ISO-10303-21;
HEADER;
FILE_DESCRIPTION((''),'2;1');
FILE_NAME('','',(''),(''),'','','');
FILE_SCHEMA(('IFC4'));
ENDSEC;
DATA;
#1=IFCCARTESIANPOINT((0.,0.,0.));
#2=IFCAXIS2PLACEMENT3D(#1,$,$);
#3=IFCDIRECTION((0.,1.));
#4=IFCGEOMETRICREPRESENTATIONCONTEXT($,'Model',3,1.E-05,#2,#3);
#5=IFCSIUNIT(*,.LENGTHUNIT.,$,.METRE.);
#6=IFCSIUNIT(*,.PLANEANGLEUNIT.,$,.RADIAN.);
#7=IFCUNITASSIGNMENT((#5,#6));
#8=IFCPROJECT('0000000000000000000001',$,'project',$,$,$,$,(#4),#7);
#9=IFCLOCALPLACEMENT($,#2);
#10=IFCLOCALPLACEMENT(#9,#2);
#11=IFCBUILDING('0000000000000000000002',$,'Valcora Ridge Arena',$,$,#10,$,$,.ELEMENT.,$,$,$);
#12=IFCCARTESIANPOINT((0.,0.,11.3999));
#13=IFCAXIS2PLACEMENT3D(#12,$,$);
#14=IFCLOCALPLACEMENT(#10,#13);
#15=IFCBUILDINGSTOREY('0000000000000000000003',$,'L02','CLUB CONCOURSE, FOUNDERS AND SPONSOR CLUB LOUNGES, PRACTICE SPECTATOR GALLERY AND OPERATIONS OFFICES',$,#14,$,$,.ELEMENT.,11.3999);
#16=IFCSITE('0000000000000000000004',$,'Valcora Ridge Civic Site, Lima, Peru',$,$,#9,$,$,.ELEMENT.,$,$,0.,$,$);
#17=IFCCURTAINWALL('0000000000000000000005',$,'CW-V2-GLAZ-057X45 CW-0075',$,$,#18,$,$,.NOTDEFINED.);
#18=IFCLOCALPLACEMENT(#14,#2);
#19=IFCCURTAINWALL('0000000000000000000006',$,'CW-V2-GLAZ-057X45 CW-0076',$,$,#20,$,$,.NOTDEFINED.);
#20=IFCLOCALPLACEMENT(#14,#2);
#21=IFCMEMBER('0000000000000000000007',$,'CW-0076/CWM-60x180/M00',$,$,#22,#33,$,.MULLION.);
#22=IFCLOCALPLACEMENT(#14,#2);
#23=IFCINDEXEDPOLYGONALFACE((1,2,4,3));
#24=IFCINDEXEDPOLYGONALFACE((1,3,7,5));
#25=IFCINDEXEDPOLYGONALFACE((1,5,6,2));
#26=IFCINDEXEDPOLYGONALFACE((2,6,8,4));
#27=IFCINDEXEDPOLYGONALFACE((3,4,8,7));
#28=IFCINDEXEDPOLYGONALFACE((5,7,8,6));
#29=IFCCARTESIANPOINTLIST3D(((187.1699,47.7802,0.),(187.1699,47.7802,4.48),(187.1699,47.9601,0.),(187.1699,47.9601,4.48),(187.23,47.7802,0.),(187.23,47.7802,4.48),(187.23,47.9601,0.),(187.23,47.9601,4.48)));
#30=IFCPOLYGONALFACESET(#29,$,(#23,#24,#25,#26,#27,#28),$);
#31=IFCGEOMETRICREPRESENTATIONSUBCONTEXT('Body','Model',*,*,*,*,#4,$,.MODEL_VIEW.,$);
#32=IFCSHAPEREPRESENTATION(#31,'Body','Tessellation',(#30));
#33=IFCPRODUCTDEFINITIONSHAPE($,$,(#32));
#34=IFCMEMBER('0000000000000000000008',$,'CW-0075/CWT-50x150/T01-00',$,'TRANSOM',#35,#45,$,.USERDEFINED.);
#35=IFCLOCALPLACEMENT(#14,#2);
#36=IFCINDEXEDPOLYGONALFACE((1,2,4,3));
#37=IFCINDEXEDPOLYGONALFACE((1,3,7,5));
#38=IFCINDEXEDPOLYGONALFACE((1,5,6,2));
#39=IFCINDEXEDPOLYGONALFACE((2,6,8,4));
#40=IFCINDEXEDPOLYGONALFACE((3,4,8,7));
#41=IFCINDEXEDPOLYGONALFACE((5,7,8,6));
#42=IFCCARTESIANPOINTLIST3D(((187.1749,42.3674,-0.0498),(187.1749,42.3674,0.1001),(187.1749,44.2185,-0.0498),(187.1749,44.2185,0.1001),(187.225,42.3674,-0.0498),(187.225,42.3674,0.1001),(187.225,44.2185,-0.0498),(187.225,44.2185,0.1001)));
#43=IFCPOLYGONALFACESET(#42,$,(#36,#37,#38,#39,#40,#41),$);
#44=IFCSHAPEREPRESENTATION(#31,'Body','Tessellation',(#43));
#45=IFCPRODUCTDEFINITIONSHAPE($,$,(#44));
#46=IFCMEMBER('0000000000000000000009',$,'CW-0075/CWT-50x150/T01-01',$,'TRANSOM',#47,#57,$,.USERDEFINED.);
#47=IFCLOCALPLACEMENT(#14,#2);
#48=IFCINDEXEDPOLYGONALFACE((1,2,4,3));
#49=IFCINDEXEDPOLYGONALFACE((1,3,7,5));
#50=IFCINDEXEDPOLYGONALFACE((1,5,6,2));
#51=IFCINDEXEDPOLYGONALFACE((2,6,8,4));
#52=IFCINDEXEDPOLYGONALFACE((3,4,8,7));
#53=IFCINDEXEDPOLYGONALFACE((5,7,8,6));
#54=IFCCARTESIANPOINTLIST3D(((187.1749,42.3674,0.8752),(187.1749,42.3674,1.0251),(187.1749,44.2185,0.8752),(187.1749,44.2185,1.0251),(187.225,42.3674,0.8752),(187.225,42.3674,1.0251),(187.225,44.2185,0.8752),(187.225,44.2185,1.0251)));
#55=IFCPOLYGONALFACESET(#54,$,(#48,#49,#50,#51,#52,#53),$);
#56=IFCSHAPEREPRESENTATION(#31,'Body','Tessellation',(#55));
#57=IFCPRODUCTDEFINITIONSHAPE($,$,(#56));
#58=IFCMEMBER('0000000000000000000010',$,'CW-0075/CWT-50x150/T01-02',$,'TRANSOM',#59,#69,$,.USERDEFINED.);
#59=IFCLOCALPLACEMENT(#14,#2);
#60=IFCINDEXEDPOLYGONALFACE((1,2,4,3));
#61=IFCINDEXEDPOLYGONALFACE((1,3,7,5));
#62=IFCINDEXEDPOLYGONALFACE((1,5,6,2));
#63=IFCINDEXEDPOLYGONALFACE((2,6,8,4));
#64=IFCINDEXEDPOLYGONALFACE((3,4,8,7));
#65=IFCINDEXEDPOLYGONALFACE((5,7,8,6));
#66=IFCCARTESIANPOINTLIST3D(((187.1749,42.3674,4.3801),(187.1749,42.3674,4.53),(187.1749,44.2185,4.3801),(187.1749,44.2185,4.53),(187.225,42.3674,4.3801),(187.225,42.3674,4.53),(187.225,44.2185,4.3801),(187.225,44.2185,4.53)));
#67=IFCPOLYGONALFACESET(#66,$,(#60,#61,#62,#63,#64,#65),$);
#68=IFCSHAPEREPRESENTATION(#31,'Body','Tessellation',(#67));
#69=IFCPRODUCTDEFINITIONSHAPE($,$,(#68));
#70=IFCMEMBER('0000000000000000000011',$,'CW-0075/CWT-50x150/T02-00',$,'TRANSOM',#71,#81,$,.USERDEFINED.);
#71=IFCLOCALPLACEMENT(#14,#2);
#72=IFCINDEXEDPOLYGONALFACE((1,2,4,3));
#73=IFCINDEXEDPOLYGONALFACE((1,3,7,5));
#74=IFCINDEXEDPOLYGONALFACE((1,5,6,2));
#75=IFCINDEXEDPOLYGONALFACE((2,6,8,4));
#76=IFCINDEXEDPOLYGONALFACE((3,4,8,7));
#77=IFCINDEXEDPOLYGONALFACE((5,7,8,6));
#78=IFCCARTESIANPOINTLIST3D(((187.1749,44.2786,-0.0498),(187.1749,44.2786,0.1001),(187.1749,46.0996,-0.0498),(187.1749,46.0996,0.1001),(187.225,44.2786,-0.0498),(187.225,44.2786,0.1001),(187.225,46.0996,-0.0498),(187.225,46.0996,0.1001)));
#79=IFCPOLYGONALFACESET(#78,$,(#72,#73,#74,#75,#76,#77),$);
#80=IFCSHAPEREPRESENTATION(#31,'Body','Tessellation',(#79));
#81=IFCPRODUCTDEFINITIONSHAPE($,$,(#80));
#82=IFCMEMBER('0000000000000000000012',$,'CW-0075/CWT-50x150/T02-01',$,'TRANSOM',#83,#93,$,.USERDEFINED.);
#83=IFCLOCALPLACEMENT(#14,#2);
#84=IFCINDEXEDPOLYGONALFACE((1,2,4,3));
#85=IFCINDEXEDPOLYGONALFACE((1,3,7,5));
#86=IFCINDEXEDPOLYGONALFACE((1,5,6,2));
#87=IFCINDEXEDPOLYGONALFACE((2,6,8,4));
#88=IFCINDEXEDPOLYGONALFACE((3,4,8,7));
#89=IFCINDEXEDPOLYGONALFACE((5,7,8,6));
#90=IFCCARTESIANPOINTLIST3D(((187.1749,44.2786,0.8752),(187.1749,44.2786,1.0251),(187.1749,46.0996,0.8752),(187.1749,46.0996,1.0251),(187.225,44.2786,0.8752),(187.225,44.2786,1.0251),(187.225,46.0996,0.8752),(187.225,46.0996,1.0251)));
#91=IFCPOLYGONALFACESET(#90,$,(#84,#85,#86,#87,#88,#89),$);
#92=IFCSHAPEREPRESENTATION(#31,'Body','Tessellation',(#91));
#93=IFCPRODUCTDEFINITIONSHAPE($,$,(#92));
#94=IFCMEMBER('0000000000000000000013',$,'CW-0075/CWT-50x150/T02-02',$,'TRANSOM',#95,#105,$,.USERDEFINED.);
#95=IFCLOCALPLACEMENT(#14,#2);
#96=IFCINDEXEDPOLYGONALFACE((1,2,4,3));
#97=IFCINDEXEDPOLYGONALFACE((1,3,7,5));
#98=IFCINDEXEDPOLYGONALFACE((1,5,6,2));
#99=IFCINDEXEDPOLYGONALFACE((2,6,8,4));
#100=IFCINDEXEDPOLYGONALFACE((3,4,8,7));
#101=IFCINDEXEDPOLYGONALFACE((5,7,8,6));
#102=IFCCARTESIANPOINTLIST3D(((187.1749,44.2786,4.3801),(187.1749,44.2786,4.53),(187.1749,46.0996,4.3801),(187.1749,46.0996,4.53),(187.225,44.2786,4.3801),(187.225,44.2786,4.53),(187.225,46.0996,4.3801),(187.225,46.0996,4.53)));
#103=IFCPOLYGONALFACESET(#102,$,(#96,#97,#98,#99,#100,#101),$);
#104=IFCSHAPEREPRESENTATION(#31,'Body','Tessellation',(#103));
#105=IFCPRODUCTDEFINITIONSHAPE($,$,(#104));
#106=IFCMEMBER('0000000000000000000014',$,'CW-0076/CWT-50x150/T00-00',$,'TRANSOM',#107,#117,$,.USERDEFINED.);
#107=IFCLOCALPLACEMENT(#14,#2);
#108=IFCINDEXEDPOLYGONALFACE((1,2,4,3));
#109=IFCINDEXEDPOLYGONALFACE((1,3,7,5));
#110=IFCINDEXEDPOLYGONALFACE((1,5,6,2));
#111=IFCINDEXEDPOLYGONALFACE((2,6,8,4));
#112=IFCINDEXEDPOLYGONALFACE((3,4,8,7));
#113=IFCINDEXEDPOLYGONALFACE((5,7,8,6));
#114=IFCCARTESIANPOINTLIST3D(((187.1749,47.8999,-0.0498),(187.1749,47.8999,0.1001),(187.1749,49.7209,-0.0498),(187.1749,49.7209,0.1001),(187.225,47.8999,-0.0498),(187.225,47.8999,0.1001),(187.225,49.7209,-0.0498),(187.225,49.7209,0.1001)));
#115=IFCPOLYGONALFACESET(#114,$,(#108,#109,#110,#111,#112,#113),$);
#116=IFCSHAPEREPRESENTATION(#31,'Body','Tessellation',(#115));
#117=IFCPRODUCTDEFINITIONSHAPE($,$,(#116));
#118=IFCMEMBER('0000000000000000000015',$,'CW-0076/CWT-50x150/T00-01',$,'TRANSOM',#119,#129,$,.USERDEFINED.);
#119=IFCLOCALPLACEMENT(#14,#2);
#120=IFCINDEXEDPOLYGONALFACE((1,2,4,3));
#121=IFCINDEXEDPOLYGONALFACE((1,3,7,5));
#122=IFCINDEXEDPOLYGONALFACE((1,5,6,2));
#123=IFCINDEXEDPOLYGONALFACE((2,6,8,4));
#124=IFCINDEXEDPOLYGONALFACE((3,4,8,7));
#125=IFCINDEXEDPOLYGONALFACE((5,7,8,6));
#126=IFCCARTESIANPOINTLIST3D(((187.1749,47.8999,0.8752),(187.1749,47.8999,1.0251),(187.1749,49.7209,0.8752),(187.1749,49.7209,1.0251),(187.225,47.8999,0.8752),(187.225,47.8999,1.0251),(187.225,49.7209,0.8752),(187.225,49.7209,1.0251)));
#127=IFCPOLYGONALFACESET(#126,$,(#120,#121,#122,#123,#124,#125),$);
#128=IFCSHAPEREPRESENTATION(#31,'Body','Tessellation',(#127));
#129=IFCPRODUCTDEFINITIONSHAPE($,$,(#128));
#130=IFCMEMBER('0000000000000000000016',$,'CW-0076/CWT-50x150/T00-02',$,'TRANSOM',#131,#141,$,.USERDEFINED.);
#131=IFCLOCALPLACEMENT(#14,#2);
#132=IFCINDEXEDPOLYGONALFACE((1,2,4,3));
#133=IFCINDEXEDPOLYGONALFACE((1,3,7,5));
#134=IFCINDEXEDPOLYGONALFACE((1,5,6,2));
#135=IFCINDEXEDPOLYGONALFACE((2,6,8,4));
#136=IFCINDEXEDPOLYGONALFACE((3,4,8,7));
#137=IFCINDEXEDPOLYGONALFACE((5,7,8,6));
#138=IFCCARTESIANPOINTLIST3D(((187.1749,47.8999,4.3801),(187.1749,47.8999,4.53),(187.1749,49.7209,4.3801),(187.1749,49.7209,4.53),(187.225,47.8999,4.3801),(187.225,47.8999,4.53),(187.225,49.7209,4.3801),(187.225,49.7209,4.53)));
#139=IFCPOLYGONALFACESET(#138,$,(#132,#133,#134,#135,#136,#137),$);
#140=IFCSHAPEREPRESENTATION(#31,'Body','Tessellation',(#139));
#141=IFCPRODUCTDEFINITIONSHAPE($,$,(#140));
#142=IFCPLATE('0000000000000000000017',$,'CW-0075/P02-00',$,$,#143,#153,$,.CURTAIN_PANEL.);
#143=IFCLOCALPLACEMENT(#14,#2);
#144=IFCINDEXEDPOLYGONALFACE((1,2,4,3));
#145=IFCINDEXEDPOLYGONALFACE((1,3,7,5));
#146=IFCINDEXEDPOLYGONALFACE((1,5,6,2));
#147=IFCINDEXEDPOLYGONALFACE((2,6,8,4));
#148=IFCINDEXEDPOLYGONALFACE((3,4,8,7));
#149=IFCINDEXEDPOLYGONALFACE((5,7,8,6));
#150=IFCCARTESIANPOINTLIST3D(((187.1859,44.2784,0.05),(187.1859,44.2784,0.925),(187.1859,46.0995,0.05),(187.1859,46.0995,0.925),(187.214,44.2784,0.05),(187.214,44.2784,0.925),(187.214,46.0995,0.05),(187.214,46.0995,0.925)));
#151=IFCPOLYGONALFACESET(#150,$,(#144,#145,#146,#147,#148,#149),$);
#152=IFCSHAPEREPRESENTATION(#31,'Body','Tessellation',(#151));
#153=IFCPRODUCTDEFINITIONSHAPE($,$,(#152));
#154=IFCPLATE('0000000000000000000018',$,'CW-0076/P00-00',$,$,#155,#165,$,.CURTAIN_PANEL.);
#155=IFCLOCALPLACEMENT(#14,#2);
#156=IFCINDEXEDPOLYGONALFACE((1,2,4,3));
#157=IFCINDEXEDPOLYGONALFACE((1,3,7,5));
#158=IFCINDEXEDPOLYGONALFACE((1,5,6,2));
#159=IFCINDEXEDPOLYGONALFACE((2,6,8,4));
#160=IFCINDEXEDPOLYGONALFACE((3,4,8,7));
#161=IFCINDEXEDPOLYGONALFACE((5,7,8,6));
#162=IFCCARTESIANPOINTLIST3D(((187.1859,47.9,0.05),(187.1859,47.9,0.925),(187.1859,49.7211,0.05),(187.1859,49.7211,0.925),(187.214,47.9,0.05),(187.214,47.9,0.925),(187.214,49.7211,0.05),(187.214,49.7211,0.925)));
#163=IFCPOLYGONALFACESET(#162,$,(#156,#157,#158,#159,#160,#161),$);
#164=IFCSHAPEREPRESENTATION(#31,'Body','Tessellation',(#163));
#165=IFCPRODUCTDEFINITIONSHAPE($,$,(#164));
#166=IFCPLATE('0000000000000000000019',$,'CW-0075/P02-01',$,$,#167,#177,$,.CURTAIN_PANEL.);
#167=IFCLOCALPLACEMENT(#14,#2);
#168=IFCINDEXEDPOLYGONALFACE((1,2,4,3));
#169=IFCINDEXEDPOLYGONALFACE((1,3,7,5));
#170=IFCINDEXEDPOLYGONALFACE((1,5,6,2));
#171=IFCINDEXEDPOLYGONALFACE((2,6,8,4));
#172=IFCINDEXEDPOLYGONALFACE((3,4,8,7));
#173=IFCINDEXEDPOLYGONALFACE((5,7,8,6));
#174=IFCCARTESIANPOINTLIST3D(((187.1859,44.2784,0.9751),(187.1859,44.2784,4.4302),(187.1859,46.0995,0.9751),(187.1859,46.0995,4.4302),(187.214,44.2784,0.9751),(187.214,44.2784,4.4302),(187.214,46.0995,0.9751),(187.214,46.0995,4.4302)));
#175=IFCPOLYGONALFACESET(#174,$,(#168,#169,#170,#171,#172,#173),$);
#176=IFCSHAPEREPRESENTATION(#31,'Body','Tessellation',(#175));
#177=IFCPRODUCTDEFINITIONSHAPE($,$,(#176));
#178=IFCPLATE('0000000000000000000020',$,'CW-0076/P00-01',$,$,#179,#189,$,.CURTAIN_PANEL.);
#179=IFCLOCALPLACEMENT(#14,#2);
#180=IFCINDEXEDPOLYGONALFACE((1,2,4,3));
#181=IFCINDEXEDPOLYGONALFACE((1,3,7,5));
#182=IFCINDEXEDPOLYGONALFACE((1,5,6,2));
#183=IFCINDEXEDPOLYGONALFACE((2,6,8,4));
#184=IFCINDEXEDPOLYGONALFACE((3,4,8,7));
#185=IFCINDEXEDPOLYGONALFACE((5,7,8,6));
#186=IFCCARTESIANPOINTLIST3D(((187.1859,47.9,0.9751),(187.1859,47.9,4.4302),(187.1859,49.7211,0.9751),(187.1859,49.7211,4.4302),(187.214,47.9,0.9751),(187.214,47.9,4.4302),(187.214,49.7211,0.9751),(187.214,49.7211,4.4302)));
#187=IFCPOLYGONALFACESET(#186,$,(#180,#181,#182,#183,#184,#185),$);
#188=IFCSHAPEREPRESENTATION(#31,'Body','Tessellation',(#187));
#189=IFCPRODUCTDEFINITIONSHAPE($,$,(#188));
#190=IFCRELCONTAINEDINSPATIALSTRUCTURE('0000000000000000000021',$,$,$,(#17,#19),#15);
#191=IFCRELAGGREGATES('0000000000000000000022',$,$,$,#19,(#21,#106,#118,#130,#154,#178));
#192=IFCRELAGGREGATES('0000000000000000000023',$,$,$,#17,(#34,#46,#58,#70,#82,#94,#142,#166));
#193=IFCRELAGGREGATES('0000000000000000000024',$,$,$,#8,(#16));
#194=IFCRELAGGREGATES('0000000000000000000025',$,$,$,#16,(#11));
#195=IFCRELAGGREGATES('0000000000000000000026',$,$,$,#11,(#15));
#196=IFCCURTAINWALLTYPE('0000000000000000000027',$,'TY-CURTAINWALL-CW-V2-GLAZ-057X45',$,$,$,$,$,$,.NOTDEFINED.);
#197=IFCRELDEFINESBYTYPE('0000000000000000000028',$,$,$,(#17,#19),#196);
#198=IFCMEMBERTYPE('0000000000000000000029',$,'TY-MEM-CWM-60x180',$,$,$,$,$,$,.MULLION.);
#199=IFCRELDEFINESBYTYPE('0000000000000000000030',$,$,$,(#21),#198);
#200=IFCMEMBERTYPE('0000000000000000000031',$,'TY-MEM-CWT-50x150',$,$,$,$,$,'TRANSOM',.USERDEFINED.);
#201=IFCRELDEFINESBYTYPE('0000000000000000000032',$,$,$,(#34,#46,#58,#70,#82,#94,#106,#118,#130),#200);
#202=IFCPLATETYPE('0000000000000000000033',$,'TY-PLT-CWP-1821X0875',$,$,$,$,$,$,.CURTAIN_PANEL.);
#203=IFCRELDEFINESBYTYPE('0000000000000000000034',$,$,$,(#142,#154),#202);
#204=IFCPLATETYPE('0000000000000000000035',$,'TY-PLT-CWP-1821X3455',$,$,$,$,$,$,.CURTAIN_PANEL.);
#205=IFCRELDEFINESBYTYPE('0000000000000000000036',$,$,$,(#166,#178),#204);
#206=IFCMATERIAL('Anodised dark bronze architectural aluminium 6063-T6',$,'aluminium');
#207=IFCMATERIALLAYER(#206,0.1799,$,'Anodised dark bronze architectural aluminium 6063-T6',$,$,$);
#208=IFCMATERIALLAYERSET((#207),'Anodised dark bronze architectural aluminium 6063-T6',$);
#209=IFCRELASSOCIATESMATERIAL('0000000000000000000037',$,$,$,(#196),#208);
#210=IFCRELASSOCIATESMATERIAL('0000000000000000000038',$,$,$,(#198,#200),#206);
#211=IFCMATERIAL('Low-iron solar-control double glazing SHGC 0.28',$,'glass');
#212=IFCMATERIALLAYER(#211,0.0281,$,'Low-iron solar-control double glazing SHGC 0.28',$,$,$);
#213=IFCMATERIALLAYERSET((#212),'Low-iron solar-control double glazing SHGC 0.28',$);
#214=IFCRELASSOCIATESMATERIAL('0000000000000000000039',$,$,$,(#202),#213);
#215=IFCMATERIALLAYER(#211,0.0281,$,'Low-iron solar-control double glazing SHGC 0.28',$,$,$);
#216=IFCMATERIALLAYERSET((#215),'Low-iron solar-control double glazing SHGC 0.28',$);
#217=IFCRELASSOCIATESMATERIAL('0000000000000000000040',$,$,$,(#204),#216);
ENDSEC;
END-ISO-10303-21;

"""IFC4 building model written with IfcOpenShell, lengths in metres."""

from ifc_helpers import new_model, si_unit, direction, frame, origin, origin_2d, place, context, subcontext, project, spatial, rectangle, extrude, material, layer, layer_set, material_profile, profile_set, type_object, element, aggregate, save


model = new_model("IFC4")

# Units and contexts
model_context = context("Model", 3, precision=1e-05, world=origin(), true_north=direction((0.0, 1.0)))
body_context = subcontext(model_context, "Body", "Model", "MODEL_VIEW")
ifc_project = project(units=[si_unit("LENGTHUNIT", "METRE"), si_unit("PLANEANGLEUNIT", "RADIAN")], contexts=[model_context])

# Site, building, storey
site_placement = place(None, origin())
site = spatial("IfcSite", under=ifc_project, at=site_placement, Name="Valcora Ridge Civic Site, Lima, Peru", CompositionType="ELEMENT", RefElevation=0.0)
building_placement = place(site_placement, origin())
building = spatial("IfcBuilding", under=site, at=building_placement, Name="Valcora Ridge Arena", CompositionType="ELEMENT")
storey_placement = place(building_placement, frame((0.0, 0.0, 11.3999)))
storey = spatial("IfcBuildingStorey", under=building, at=storey_placement, Name="L02", Description="CLUB CONCOURSE, FOUNDERS AND SPONSOR CLUB LOUNGES, PRACTICE SPECTATOR GALLERY AND OPERATIONS OFFICES", CompositionType="ELEMENT", Elevation=11.3999)

# Curtain wall
ifc_material_1 = material(Name="Anodised dark bronze architectural aluminium 6063-T6", Category="aluminium")
ifc_layer_1 = layer(ifc_material_1, 0.1799, Name="Anodised dark bronze architectural aluminium 6063-T6")
ifc_layer_set_1 = layer_set([ifc_layer_1], Name="Anodised dark bronze architectural aluminium 6063-T6")
curtain_wall_type = type_object("IfcCurtainWallType", Name="TY-CURTAINWALL-CW-V2-GLAZ-057X45", PredefinedType="NOTDEFINED", material=ifc_layer_set_1)
curtain_wall_1_placement = place(storey_placement, origin())
curtain_wall_1 = element("IfcCurtainWall", 1, at=curtain_wall_1_placement, inside=storey, type_object=curtain_wall_type, Name="CW-V2-GLAZ-057X45 CW-0075", PredefinedType="NOTDEFINED")
ifc_material_profile_1 = material_profile(ifc_material_1, rectangle(XDim=0.0601, YDim=0.1799, at=origin_2d()), Name="ALU MULLION 60x180")
ifc_profile_set_1 = profile_set([ifc_material_profile_1], Name="Anodised dark bronze architectural aluminium 6063-T6")
member_type_1 = type_object("IfcMemberType", Name="TY-MEM-CWM-60x180", PredefinedType="MULLION", material=ifc_profile_set_1)

# Curtain wall, member
curtain_wall_2_placement = place(storey_placement, origin())
curtain_wall_2 = element("IfcCurtainWall", 2, at=curtain_wall_2_placement, inside=storey, type_object=curtain_wall_type, Name="CW-V2-GLAZ-057X45 CW-0076", PredefinedType="NOTDEFINED")
member_1_placement = place(storey_placement, frame((187.2, 47.8701, 0.0), z_axis=(0.0, 0.0, 1.0), x_axis=(-1.0, 0.0, 0.0)))
member_1 = element("IfcMember", 3, at=member_1_placement, type_object=member_type_1, Name="CW-0076/CWM-60x180/M00", PredefinedType="MULLION", context=body_context, shape_type="SweptSolid", body=[
    extrude(rectangle(XDim=0.0601, YDim=0.1799, at=origin_2d()), origin(), (0.0, 0.0, 1.0), 4.48),
])

# Members
ifc_material_profile_2 = material_profile(ifc_material_1, rectangle(XDim=0.05, YDim=0.1499, at=origin_2d()), Name="ALU TRANSOM 50x150")
ifc_profile_set_2 = profile_set([ifc_material_profile_2], Name="Anodised dark bronze architectural aluminium 6063-T6")
member_type_2 = type_object("IfcMemberType", Name="TY-MEM-CWT-50x150", ElementType="TRANSOM", PredefinedType="USERDEFINED", material=ifc_profile_set_2)
member_2_placement = place(storey_placement, frame((187.2, 42.3674, 0.0251), z_axis=(0.0, 1.0, 0.0), x_axis=(-1.0, 0.0, 0.0)))
member_2 = element("IfcMember", 4, at=member_2_placement, type_object=member_type_2, Name="CW-0075/CWT-50x150/T01-00", ObjectType="TRANSOM", PredefinedType="USERDEFINED", context=body_context, shape_type="SweptSolid", body=[
    extrude(rectangle(XDim=0.05, YDim=0.1499, at=origin_2d()), origin(), (0.0, 0.0, 1.0), 1.8511),
])
member_3_placement = place(storey_placement, frame((187.2, 42.3674, 0.9502), z_axis=(0.0, 1.0, 0.0), x_axis=(-1.0, 0.0, 0.0)))
member_3 = element("IfcMember", 5, at=member_3_placement, type_object=member_type_2, Name="CW-0075/CWT-50x150/T01-01", ObjectType="TRANSOM", PredefinedType="USERDEFINED", context=body_context, shape_type="SweptSolid", body=[
    extrude(rectangle(XDim=0.05, YDim=0.1499, at=origin_2d()), origin(), (0.0, 0.0, 1.0), 1.8511),
])
member_4_placement = place(storey_placement, frame((187.2, 42.3674, 4.4551), z_axis=(0.0, 1.0, 0.0), x_axis=(-1.0, 0.0, 0.0)))
member_4 = element("IfcMember", 6, at=member_4_placement, type_object=member_type_2, Name="CW-0075/CWT-50x150/T01-02", ObjectType="TRANSOM", PredefinedType="USERDEFINED", context=body_context, shape_type="SweptSolid", body=[
    extrude(rectangle(XDim=0.05, YDim=0.1499, at=origin_2d()), origin(), (0.0, 0.0, 1.0), 1.8511),
])
member_5_placement = place(storey_placement, frame((187.2, 44.2786, 0.0251), z_axis=(0.0, 1.0, 0.0), x_axis=(-1.0, 0.0, 0.0)))
member_5 = element("IfcMember", 7, at=member_5_placement, type_object=member_type_2, Name="CW-0075/CWT-50x150/T02-00", ObjectType="TRANSOM", PredefinedType="USERDEFINED", context=body_context, shape_type="SweptSolid", body=[
    extrude(rectangle(XDim=0.05, YDim=0.1499, at=origin_2d()), origin(), (0.0, 0.0, 1.0), 1.821),
])
member_6_placement = place(storey_placement, frame((187.2, 44.2786, 0.9502), z_axis=(0.0, 1.0, 0.0), x_axis=(-1.0, 0.0, 0.0)))
member_6 = element("IfcMember", 8, at=member_6_placement, type_object=member_type_2, Name="CW-0075/CWT-50x150/T02-01", ObjectType="TRANSOM", PredefinedType="USERDEFINED", context=body_context, shape_type="SweptSolid", body=[
    extrude(rectangle(XDim=0.05, YDim=0.1499, at=origin_2d()), origin(), (0.0, 0.0, 1.0), 1.821),
])
member_7_placement = place(storey_placement, frame((187.2, 44.2786, 4.4551), z_axis=(0.0, 1.0, 0.0), x_axis=(-1.0, 0.0, 0.0)))
member_7 = element("IfcMember", 9, at=member_7_placement, type_object=member_type_2, Name="CW-0075/CWT-50x150/T02-02", ObjectType="TRANSOM", PredefinedType="USERDEFINED", context=body_context, shape_type="SweptSolid", body=[
    extrude(rectangle(XDim=0.05, YDim=0.1499, at=origin_2d()), origin(), (0.0, 0.0, 1.0), 1.821),
])
member_8_placement = place(storey_placement, frame((187.2, 47.8999, 0.0251), z_axis=(0.0, 1.0, 0.0), x_axis=(-1.0, 0.0, 0.0)))
member_8 = element("IfcMember", 10, at=member_8_placement, type_object=member_type_2, Name="CW-0076/CWT-50x150/T00-00", ObjectType="TRANSOM", PredefinedType="USERDEFINED", context=body_context, shape_type="SweptSolid", body=[
    extrude(rectangle(XDim=0.05, YDim=0.1499, at=origin_2d()), origin(), (0.0, 0.0, 1.0), 1.821),
])
member_9_placement = place(storey_placement, frame((187.2, 47.8999, 0.9502), z_axis=(0.0, 1.0, 0.0), x_axis=(-1.0, 0.0, 0.0)))
member_9 = element("IfcMember", 11, at=member_9_placement, type_object=member_type_2, Name="CW-0076/CWT-50x150/T00-01", ObjectType="TRANSOM", PredefinedType="USERDEFINED", context=body_context, shape_type="SweptSolid", body=[
    extrude(rectangle(XDim=0.05, YDim=0.1499, at=origin_2d()), origin(), (0.0, 0.0, 1.0), 1.821),
])
member_10_placement = place(storey_placement, frame((187.2, 47.8999, 4.4551), z_axis=(0.0, 1.0, 0.0), x_axis=(-1.0, 0.0, 0.0)))
member_10 = element("IfcMember", 12, at=member_10_placement, type_object=member_type_2, Name="CW-0076/CWT-50x150/T00-02", ObjectType="TRANSOM", PredefinedType="USERDEFINED", context=body_context, shape_type="SweptSolid", body=[
    extrude(rectangle(XDim=0.05, YDim=0.1499, at=origin_2d()), origin(), (0.0, 0.0, 1.0), 1.821),
])

# Plates
ifc_material_2 = material(Name="Low-iron solar-control double glazing SHGC 0.28", Category="glass")
ifc_layer_2 = layer(ifc_material_2, 0.0281, Name="Low-iron solar-control double glazing SHGC 0.28")
ifc_layer_set_2 = layer_set([ifc_layer_2], Name="Low-iron solar-control double glazing SHGC 0.28")
plate_type_1 = type_object("IfcPlateType", Name="TY-PLT-CWP-1821X0875", PredefinedType="CURTAIN_PANEL", material=ifc_layer_set_2)
plate_1_placement = place(storey_placement, frame((187.2, 45.189, 0.05), z_axis=(0.0, 0.0, 1.0), x_axis=(0.0, 1.0, 0.0)))
plate_1 = element("IfcPlate", 13, at=plate_1_placement, type_object=plate_type_1, Name="CW-0075/P02-00", PredefinedType="CURTAIN_PANEL", context=body_context, shape_type="SweptSolid", body=[
    extrude(rectangle(XDim=1.821, YDim=0.0281, at=origin_2d()), origin(), (0.0, 0.0, 1.0), 0.875),
])
plate_2_placement = place(storey_placement, frame((187.2, 48.8105, 0.05), z_axis=(0.0, 0.0, 1.0), x_axis=(0.0, 1.0, 0.0)))
plate_2 = element("IfcPlate", 14, at=plate_2_placement, type_object=plate_type_1, Name="CW-0076/P00-00", PredefinedType="CURTAIN_PANEL", context=body_context, shape_type="SweptSolid", body=[
    extrude(rectangle(XDim=1.821, YDim=0.0281, at=origin_2d()), origin(), (0.0, 0.0, 1.0), 0.875),
])
ifc_layer_3 = layer(ifc_material_2, 0.0281, Name="Low-iron solar-control double glazing SHGC 0.28")
ifc_layer_set_3 = layer_set([ifc_layer_3], Name="Low-iron solar-control double glazing SHGC 0.28")
plate_type_2 = type_object("IfcPlateType", Name="TY-PLT-CWP-1821X3455", PredefinedType="CURTAIN_PANEL", material=ifc_layer_set_3)
plate_3_placement = place(storey_placement, frame((187.2, 45.189, 0.9751), z_axis=(0.0, 0.0, 1.0), x_axis=(0.0, 1.0, 0.0)))
plate_3 = element("IfcPlate", 15, at=plate_3_placement, type_object=plate_type_2, Name="CW-0075/P02-01", PredefinedType="CURTAIN_PANEL", context=body_context, shape_type="SweptSolid", body=[
    extrude(rectangle(XDim=1.821, YDim=0.0281, at=origin_2d()), origin(), (0.0, 0.0, 1.0), 3.4551),
])
plate_4_placement = place(storey_placement, frame((187.2, 48.8105, 0.9751), z_axis=(0.0, 0.0, 1.0), x_axis=(0.0, 1.0, 0.0)))
plate_4 = element("IfcPlate", 16, at=plate_4_placement, type_object=plate_type_2, Name="CW-0076/P00-01", PredefinedType="CURTAIN_PANEL", context=body_context, shape_type="SweptSolid", body=[
    extrude(rectangle(XDim=1.821, YDim=0.0281, at=origin_2d()), origin(), (0.0, 0.0, 1.0), 3.4551),
])
aggregate(curtain_wall_2, [member_1, member_8, member_9, member_10, plate_2, plate_4])
aggregate(curtain_wall_1, [member_2, member_3, member_4, member_5, member_6, member_7, plate_1, plate_3])

save(model, "model.ifc")
